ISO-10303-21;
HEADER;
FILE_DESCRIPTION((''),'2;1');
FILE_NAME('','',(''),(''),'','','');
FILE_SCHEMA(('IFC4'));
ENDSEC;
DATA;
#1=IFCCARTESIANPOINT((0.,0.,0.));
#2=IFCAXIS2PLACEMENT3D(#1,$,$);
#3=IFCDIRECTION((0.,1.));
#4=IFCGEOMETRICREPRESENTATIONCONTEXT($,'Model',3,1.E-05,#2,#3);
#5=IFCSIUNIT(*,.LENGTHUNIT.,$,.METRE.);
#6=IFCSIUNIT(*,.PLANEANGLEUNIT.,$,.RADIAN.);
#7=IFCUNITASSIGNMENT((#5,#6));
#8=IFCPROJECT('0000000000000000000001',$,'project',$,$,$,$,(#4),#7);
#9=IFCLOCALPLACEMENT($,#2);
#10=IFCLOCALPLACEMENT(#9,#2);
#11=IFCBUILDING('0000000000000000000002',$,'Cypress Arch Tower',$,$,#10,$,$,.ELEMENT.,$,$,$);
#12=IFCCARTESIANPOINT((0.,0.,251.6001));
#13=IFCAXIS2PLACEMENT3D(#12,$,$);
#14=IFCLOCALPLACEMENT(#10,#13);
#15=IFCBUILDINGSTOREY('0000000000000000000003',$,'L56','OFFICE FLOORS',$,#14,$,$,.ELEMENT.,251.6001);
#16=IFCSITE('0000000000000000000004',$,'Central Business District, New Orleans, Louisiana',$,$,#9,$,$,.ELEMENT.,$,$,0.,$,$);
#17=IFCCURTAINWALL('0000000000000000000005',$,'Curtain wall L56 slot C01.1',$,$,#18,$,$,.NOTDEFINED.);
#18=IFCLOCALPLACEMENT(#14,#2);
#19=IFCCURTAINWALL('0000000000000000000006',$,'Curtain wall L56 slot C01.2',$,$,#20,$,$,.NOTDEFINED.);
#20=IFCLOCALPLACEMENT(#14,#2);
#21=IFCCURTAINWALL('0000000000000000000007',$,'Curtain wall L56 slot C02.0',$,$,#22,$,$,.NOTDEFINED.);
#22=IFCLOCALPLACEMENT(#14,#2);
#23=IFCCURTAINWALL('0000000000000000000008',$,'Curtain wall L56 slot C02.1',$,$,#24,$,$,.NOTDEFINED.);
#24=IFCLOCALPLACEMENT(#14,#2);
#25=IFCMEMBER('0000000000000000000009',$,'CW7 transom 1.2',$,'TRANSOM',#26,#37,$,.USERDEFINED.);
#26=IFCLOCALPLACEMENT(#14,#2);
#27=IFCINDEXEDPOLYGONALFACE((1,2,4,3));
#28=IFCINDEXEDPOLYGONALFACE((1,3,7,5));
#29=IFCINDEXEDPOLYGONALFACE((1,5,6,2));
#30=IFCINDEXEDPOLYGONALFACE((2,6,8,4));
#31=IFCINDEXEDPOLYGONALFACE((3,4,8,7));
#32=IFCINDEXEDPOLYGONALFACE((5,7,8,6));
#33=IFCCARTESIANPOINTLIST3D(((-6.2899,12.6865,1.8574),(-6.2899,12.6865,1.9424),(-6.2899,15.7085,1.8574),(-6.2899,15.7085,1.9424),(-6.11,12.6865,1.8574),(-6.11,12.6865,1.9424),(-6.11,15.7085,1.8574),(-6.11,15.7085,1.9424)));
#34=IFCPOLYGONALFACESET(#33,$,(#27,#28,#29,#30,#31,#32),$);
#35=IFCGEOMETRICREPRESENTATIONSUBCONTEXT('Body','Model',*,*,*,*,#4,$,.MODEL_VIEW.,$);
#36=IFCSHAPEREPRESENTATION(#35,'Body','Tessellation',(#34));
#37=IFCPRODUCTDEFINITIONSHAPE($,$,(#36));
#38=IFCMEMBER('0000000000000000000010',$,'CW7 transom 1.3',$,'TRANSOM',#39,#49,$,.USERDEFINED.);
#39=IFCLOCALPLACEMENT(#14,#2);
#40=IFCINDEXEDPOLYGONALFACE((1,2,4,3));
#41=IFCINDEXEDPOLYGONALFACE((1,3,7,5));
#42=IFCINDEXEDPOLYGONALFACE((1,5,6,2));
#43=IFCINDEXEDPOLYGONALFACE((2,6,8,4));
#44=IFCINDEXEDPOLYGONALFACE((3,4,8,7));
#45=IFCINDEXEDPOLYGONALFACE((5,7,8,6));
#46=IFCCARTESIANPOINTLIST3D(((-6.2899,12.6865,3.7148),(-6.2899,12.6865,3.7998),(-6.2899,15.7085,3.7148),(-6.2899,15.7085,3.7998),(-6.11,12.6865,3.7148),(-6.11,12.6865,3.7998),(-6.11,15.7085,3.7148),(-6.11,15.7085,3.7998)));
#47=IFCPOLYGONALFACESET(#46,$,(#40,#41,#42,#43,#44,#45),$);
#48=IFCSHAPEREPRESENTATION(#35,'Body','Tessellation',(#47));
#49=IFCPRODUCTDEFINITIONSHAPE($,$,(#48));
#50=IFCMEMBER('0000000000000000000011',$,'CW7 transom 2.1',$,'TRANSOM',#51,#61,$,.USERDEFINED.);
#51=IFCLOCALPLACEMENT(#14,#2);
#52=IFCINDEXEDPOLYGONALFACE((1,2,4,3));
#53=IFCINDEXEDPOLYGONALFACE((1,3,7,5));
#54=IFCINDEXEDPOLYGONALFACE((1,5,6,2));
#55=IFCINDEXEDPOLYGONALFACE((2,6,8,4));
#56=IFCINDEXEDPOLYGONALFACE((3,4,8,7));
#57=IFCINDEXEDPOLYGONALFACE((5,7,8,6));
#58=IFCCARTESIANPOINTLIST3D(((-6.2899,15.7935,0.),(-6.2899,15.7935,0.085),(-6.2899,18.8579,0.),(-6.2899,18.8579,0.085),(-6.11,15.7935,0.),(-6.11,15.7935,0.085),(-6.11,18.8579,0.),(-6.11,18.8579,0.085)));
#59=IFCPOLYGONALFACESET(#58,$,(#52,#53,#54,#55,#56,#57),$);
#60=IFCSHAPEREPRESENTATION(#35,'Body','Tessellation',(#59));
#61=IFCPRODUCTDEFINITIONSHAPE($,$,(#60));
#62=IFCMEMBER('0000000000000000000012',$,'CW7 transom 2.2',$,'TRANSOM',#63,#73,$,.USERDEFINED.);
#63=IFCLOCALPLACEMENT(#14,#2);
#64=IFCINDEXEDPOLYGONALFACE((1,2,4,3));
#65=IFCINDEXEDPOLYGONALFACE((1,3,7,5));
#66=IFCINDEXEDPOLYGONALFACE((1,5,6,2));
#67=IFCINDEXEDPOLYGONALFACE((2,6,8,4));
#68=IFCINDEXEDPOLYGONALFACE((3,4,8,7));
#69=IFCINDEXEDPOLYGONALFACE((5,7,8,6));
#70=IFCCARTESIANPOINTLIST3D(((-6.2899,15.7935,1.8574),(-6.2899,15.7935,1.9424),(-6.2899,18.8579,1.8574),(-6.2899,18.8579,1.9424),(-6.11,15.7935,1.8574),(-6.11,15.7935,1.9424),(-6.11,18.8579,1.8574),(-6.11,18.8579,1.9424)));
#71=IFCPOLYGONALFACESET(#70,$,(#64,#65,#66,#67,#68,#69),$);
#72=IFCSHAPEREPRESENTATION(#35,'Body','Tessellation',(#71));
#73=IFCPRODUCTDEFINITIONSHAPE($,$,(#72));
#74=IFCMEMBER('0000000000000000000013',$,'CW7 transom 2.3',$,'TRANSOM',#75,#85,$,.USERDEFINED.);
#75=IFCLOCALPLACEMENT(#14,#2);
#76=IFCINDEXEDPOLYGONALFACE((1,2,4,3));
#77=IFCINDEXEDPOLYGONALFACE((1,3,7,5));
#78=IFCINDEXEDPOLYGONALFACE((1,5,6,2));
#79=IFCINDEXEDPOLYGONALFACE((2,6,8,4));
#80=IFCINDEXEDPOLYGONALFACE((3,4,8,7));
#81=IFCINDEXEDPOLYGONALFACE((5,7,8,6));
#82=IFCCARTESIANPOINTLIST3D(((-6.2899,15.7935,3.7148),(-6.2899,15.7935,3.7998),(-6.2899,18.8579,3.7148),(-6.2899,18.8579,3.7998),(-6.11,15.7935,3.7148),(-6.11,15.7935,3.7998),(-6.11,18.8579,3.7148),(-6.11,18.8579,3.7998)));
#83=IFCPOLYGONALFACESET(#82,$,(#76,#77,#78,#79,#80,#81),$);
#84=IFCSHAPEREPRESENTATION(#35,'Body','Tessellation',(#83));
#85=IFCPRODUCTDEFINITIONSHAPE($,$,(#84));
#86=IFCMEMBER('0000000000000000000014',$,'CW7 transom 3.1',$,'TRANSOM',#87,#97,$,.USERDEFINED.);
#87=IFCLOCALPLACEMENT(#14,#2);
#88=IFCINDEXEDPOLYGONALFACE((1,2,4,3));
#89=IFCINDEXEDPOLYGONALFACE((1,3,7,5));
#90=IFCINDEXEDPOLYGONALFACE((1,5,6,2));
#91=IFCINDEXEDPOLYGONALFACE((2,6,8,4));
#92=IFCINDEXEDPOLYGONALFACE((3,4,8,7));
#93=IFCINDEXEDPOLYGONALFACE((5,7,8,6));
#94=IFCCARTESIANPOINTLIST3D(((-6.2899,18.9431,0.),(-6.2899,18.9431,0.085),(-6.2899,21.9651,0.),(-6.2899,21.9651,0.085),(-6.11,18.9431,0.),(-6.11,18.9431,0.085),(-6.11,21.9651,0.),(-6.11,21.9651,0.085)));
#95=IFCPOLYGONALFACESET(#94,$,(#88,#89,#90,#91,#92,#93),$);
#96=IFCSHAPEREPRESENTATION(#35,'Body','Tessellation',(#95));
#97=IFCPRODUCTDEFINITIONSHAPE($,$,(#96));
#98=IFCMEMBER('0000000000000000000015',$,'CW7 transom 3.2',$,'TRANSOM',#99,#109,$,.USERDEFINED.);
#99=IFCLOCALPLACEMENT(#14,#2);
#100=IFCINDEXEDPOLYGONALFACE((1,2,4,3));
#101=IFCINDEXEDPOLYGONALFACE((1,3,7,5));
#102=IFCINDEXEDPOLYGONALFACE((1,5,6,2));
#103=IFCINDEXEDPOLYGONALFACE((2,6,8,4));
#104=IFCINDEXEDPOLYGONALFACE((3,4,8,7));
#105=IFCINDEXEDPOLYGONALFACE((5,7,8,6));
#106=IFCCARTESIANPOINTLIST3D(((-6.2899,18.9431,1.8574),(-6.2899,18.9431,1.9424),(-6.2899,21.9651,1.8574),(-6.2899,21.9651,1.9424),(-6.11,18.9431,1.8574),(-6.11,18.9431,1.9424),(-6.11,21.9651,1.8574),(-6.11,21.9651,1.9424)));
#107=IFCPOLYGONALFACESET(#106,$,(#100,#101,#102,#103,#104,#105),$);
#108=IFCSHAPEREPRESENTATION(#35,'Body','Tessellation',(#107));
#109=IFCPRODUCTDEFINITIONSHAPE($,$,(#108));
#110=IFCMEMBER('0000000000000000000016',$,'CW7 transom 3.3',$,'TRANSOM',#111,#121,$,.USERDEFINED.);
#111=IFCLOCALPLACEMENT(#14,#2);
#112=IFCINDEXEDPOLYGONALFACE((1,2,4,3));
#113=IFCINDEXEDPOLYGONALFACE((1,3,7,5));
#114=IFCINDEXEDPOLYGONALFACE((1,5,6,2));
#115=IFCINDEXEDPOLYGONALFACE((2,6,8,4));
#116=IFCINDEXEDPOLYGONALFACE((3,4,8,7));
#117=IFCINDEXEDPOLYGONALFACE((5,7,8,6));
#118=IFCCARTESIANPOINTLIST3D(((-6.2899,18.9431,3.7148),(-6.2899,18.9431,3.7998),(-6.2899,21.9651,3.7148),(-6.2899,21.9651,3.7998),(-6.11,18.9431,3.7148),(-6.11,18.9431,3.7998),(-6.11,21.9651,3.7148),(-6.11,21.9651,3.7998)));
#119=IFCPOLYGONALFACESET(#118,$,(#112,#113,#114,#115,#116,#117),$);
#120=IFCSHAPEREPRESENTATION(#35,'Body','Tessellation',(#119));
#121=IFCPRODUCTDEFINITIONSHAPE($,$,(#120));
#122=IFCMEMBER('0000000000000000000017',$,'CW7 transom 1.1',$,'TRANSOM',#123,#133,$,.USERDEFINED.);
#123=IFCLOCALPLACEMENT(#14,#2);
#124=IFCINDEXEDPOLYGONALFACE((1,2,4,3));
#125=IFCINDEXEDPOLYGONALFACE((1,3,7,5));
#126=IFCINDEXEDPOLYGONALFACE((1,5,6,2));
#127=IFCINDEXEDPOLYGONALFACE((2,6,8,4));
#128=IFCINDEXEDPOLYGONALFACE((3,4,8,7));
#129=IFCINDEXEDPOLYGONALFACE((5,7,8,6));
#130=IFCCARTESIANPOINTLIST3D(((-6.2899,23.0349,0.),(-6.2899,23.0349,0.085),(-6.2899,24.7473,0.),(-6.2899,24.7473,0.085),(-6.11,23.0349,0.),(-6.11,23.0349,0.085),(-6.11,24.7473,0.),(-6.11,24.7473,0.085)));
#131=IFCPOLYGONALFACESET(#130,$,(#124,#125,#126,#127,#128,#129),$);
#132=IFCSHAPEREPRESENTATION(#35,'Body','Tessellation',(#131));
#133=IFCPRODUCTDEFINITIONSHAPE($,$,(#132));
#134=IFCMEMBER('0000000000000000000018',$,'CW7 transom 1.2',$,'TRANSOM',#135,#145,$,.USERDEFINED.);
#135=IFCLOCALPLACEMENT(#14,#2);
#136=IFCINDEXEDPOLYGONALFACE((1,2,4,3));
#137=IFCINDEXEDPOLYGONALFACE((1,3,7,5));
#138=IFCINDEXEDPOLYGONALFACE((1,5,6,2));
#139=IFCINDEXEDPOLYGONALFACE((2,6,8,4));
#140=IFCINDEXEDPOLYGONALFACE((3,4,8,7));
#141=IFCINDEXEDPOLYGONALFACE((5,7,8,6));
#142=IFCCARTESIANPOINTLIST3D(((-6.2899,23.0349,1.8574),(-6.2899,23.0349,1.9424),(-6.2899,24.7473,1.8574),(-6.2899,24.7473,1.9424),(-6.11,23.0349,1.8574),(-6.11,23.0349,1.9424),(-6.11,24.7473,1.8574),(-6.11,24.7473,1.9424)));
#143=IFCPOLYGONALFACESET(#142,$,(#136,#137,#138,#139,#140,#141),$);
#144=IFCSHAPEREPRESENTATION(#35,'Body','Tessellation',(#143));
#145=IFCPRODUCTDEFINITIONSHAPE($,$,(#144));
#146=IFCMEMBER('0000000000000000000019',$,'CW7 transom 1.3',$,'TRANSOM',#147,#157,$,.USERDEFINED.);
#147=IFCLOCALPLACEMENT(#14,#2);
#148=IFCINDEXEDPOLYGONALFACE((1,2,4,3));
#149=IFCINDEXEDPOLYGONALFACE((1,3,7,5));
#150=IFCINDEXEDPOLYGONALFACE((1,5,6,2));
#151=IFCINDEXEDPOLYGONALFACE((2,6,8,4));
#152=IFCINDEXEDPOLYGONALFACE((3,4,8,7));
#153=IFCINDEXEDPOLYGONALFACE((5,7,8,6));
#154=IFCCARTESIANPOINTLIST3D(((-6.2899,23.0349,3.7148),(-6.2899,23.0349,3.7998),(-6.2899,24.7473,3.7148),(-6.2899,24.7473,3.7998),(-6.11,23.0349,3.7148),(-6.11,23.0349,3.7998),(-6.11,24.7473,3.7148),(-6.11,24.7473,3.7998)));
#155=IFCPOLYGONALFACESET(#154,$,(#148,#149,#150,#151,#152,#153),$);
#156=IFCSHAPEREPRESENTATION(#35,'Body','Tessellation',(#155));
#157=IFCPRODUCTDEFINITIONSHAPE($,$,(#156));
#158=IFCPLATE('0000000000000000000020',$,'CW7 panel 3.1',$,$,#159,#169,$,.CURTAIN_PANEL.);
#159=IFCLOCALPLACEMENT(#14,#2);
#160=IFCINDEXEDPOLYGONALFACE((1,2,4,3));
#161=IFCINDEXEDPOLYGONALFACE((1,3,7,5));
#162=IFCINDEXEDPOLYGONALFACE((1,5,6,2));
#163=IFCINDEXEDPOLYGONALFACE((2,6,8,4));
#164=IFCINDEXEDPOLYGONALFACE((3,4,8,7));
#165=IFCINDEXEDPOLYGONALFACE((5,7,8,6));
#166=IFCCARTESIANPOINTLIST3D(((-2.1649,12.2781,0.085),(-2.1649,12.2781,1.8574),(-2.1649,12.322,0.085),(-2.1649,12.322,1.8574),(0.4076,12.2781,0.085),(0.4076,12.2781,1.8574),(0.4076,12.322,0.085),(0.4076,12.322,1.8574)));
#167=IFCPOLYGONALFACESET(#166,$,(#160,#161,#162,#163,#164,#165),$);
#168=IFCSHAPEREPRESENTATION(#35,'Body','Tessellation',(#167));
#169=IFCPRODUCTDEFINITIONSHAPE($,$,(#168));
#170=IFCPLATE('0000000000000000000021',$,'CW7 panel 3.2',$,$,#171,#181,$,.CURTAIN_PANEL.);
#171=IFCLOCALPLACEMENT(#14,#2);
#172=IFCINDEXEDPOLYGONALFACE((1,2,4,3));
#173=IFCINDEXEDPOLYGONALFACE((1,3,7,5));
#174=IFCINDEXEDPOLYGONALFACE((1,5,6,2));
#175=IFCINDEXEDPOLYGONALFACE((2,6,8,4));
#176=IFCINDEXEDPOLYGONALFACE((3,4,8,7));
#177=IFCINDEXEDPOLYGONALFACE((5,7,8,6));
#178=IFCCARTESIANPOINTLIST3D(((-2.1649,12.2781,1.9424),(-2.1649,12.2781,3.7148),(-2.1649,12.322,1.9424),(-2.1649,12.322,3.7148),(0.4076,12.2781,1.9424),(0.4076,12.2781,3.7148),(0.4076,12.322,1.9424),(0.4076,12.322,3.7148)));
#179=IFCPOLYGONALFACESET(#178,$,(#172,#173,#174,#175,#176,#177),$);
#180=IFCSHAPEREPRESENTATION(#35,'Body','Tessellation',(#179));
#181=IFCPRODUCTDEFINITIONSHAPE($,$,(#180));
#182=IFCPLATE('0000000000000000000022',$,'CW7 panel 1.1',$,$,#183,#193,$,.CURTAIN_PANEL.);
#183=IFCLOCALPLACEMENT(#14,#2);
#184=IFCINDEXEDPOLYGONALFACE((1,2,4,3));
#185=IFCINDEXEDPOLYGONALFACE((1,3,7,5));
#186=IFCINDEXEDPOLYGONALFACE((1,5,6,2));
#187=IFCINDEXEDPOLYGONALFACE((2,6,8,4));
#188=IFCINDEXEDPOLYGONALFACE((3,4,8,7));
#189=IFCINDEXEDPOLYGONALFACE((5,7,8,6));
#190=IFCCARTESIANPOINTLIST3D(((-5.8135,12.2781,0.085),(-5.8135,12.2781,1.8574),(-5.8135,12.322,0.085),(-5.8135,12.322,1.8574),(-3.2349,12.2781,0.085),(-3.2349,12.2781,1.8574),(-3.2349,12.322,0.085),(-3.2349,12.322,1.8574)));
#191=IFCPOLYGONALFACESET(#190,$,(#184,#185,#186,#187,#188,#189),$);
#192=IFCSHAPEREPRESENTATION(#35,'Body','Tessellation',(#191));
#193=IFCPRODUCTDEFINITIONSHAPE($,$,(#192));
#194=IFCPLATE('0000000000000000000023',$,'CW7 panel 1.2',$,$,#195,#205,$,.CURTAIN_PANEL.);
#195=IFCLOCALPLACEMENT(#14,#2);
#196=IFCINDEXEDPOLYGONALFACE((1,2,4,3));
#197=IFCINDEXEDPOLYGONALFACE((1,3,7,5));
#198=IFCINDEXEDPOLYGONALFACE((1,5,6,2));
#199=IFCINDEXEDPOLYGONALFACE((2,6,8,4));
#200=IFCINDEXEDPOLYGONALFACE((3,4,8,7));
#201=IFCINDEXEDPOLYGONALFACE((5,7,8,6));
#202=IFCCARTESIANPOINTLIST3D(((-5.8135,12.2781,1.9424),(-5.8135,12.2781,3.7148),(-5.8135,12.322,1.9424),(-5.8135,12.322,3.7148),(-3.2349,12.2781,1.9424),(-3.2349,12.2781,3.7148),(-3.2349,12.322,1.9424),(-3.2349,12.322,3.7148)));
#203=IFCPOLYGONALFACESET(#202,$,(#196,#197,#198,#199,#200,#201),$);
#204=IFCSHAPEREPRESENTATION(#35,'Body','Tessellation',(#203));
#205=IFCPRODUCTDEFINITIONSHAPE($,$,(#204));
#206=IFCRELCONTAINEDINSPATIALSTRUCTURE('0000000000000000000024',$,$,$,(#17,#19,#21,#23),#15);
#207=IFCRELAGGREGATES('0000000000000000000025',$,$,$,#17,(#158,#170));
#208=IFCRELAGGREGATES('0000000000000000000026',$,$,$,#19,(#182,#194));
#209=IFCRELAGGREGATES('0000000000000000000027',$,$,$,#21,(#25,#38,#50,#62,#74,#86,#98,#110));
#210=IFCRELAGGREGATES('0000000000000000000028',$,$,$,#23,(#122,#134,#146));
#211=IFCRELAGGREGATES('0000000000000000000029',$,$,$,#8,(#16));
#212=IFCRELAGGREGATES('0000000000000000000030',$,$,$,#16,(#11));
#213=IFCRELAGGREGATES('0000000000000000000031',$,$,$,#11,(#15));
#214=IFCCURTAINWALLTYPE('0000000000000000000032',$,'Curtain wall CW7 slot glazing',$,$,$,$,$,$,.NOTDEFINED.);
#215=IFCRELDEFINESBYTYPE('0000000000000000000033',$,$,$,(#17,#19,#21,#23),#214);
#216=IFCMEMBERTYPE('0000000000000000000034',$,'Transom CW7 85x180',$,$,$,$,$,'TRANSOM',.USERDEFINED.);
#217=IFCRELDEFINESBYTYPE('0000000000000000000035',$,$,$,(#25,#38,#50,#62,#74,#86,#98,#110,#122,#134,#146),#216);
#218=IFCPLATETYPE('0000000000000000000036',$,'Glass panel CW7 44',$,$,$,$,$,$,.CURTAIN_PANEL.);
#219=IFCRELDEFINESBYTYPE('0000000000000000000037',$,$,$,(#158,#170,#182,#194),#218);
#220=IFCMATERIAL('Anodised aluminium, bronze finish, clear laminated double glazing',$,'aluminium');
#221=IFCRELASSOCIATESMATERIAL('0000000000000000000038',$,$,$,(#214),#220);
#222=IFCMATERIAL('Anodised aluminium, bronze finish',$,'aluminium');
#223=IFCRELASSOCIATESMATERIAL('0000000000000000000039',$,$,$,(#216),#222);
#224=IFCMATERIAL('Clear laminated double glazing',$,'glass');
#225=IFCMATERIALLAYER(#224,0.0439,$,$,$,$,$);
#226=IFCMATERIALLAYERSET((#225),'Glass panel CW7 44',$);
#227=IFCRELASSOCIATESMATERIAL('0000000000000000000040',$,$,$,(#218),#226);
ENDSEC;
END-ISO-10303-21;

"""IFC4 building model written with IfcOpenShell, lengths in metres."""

from ifc_helpers import new_model, si_unit, direction, frame, origin, origin_2d, place, context, subcontext, project, spatial, rectangle, extrude, material, layer, layer_set, material_profile, profile_set, type_object, element, aggregate, save


model = new_model("IFC4")

# Units and contexts
model_context = context("Model", 3, precision=1e-05, world=origin(), true_north=direction((0.0, 1.0)))
body_context = subcontext(model_context, "Body", "Model", "MODEL_VIEW")
ifc_project = project(units=[si_unit("LENGTHUNIT", "METRE"), si_unit("PLANEANGLEUNIT", "RADIAN")], contexts=[model_context])

# Site, building, storey
site_placement = place(None, origin())
site = spatial("IfcSite", under=ifc_project, at=site_placement, Name="Central Business District, New Orleans, Louisiana", CompositionType="ELEMENT", RefElevation=0.0)
building_placement = place(site_placement, origin())
building = spatial("IfcBuilding", under=site, at=building_placement, Name="Cypress Arch Tower", CompositionType="ELEMENT")
storey_placement = place(building_placement, frame((0.0, 0.0, 251.6001)))
storey = spatial("IfcBuildingStorey", under=building, at=storey_placement, Name="L56", Description="OFFICE FLOORS", CompositionType="ELEMENT", Elevation=251.6001)

# Curtain wall
ifc_material_1 = material(Name="Anodised aluminium, bronze finish, clear laminated double glazing", Category="aluminium")
curtain_wall_type = type_object("IfcCurtainWallType", Name="Curtain wall CW7 slot glazing", PredefinedType="NOTDEFINED", material=ifc_material_1)
curtain_wall_1_placement = place(storey_placement, origin())
curtain_wall_1 = element("IfcCurtainWall", 1, at=curtain_wall_1_placement, inside=storey, type_object=curtain_wall_type, Name="Curtain wall L56 slot C01.1", PredefinedType="NOTDEFINED")

# Curtain walls
curtain_wall_2_placement = place(storey_placement, origin())
curtain_wall_2 = element("IfcCurtainWall", 2, at=curtain_wall_2_placement, inside=storey, type_object=curtain_wall_type, Name="Curtain wall L56 slot C01.2", PredefinedType="NOTDEFINED")
curtain_wall_3_placement = place(storey_placement, origin())
curtain_wall_3 = element("IfcCurtainWall", 3, at=curtain_wall_3_placement, inside=storey, type_object=curtain_wall_type, Name="Curtain wall L56 slot C02.0", PredefinedType="NOTDEFINED")
curtain_wall_4_placement = place(storey_placement, origin())
curtain_wall_4 = element("IfcCurtainWall", 4, at=curtain_wall_4_placement, inside=storey, type_object=curtain_wall_type, Name="Curtain wall L56 slot C02.1", PredefinedType="NOTDEFINED")

# Members
ifc_material_2 = material(Name="Anodised aluminium, bronze finish", Category="aluminium")
ifc_material_profile_1 = material_profile(ifc_material_2, rectangle(XDim=0.1799, YDim=0.085, at=origin_2d()), Name="Transom 85x180")
ifc_profile_set_1 = profile_set([ifc_material_profile_1], Name="Anodised aluminium, bronze finish")
member_type_1 = type_object("IfcMemberType", Name="Transom CW7 85x180", ElementType="TRANSOM", PredefinedType="USERDEFINED", material=ifc_profile_set_1)
member_1_placement = place(storey_placement, frame((-6.2, 12.6865, 1.8999), z_axis=(0.0, 1.0, 0.0), x_axis=(-1.0, 0.0, 0.0)))
member_1 = element("IfcMember", 5, at=member_1_placement, type_object=member_type_1, Name="CW7 transom 1.2", ObjectType="TRANSOM", PredefinedType="USERDEFINED", context=body_context, shape_type="SweptSolid", body=[
    extrude(rectangle(XDim=0.1799, YDim=0.085, at=origin_2d()), origin(), (0.0, 0.0, 1.0), 3.022),
])
member_2_placement = place(storey_placement, frame((-6.2, 12.6865, 3.7573), z_axis=(0.0, 1.0, 0.0), x_axis=(-1.0, 0.0, 0.0)))
member_2 = element("IfcMember", 6, at=member_2_placement, type_object=member_type_1, Name="CW7 transom 1.3", ObjectType="TRANSOM", PredefinedType="USERDEFINED", context=body_context, shape_type="SweptSolid", body=[
    extrude(rectangle(XDim=0.1799, YDim=0.085, at=origin_2d()), origin(), (0.0, 0.0, 1.0), 3.022),
])
member_3_placement = place(storey_placement, frame((-6.2, 15.7935, 0.0425), z_axis=(0.0, 1.0, 0.0), x_axis=(-1.0, 0.0, 0.0)))
member_3 = element("IfcMember", 7, at=member_3_placement, type_object=member_type_1, Name="CW7 transom 2.1", ObjectType="TRANSOM", PredefinedType="USERDEFINED", context=body_context, shape_type="SweptSolid", body=[
    extrude(rectangle(XDim=0.1799, YDim=0.085, at=origin_2d()), origin(), (0.0, 0.0, 1.0), 3.0645),
])
member_4_placement = place(storey_placement, frame((-6.2, 15.7935, 1.8999), z_axis=(0.0, 1.0, 0.0), x_axis=(-1.0, 0.0, 0.0)))
member_4 = element("IfcMember", 8, at=member_4_placement, type_object=member_type_1, Name="CW7 transom 2.2", ObjectType="TRANSOM", PredefinedType="USERDEFINED", context=body_context, shape_type="SweptSolid", body=[
    extrude(rectangle(XDim=0.1799, YDim=0.085, at=origin_2d()), origin(), (0.0, 0.0, 1.0), 3.0645),
])
member_5_placement = place(storey_placement, frame((-6.2, 15.7935, 3.7573), z_axis=(0.0, 1.0, 0.0), x_axis=(-1.0, 0.0, 0.0)))
member_5 = element("IfcMember", 9, at=member_5_placement, type_object=member_type_1, Name="CW7 transom 2.3", ObjectType="TRANSOM", PredefinedType="USERDEFINED", context=body_context, shape_type="SweptSolid", body=[
    extrude(rectangle(XDim=0.1799, YDim=0.085, at=origin_2d()), origin(), (0.0, 0.0, 1.0), 3.0645),
])
member_6_placement = place(storey_placement, frame((-6.2, 18.9431, 0.0425), z_axis=(0.0, 1.0, 0.0), x_axis=(-1.0, 0.0, 0.0)))
member_6 = element("IfcMember", 10, at=member_6_placement, type_object=member_type_1, Name="CW7 transom 3.1", ObjectType="TRANSOM", PredefinedType="USERDEFINED", context=body_context, shape_type="SweptSolid", body=[
    extrude(rectangle(XDim=0.1799, YDim=0.085, at=origin_2d()), origin(), (0.0, 0.0, 1.0), 3.022),
])
member_7_placement = place(storey_placement, frame((-6.2, 18.9431, 1.8999), z_axis=(0.0, 1.0, 0.0), x_axis=(-1.0, 0.0, 0.0)))
member_7 = element("IfcMember", 11, at=member_7_placement, type_object=member_type_1, Name="CW7 transom 3.2", ObjectType="TRANSOM", PredefinedType="USERDEFINED", context=body_context, shape_type="SweptSolid", body=[
    extrude(rectangle(XDim=0.1799, YDim=0.085, at=origin_2d()), origin(), (0.0, 0.0, 1.0), 3.022),
])
member_8_placement = place(storey_placement, frame((-6.2, 18.9431, 3.7573), z_axis=(0.0, 1.0, 0.0), x_axis=(-1.0, 0.0, 0.0)))
member_8 = element("IfcMember", 12, at=member_8_placement, type_object=member_type_1, Name="CW7 transom 3.3", ObjectType="TRANSOM", PredefinedType="USERDEFINED", context=body_context, shape_type="SweptSolid", body=[
    extrude(rectangle(XDim=0.1799, YDim=0.085, at=origin_2d()), origin(), (0.0, 0.0, 1.0), 3.022),
])
member_9_placement = place(storey_placement, frame((-6.2, 23.0349, 0.0425), z_axis=(0.0, 1.0, 0.0), x_axis=(-1.0, 0.0, 0.0)))
member_9 = element("IfcMember", 13, at=member_9_placement, type_object=member_type_1, Name="CW7 transom 1.1", ObjectType="TRANSOM", PredefinedType="USERDEFINED", context=body_context, shape_type="SweptSolid", body=[
    extrude(rectangle(XDim=0.1799, YDim=0.085, at=origin_2d()), origin(), (0.0, 0.0, 1.0), 1.7124),
])
member_10_placement = place(storey_placement, frame((-6.2, 23.0349, 1.8999), z_axis=(0.0, 1.0, 0.0), x_axis=(-1.0, 0.0, 0.0)))
member_10 = element("IfcMember", 14, at=member_10_placement, type_object=member_type_1, Name="CW7 transom 1.2", ObjectType="TRANSOM", PredefinedType="USERDEFINED", context=body_context, shape_type="SweptSolid", body=[
    extrude(rectangle(XDim=0.1799, YDim=0.085, at=origin_2d()), origin(), (0.0, 0.0, 1.0), 1.7124),
])
member_11_placement = place(storey_placement, frame((-6.2, 23.0349, 3.7573), z_axis=(0.0, 1.0, 0.0), x_axis=(-1.0, 0.0, 0.0)))
member_11 = element("IfcMember", 15, at=member_11_placement, type_object=member_type_1, Name="CW7 transom 1.3", ObjectType="TRANSOM", PredefinedType="USERDEFINED", context=body_context, shape_type="SweptSolid", body=[
    extrude(rectangle(XDim=0.1799, YDim=0.085, at=origin_2d()), origin(), (0.0, 0.0, 1.0), 1.7124),
])

# Plates
ifc_material_3 = material(Name="Clear laminated double glazing", Category="glass")
ifc_layer = layer(ifc_material_3, 0.0439)
ifc_layer_set = layer_set([ifc_layer], Name="Glass panel CW7 44")
plate_type = type_object("IfcPlateType", Name="Glass panel CW7 44", PredefinedType="CURTAIN_PANEL", material=ifc_layer_set)
plate_1_placement = place(storey_placement, frame((-0.8787, 12.3, 0.085), z_axis=(0.0, 0.0, 1.0), x_axis=(-1.0, 0.0, 0.0)))
plate_1 = element("IfcPlate", 16, at=plate_1_placement, type_object=plate_type, Name="CW7 panel 3.1", PredefinedType="CURTAIN_PANEL", context=body_context, shape_type="SweptSolid", body=[
    extrude(rectangle(XDim=2.5725, YDim=0.0439, at=origin_2d()), origin(), (0.0, 0.0, 1.0), 1.7725),
])
plate_2_placement = place(storey_placement, frame((-0.8787, 12.3, 1.9424), z_axis=(0.0, 0.0, 1.0), x_axis=(-1.0, 0.0, 0.0)))
plate_2 = element("IfcPlate", 17, at=plate_2_placement, type_object=plate_type, Name="CW7 panel 3.2", PredefinedType="CURTAIN_PANEL", context=body_context, shape_type="SweptSolid", body=[
    extrude(rectangle(XDim=2.5725, YDim=0.0439, at=origin_2d()), origin(), (0.0, 0.0, 1.0), 1.7725),
])
aggregate(curtain_wall_1, [plate_1, plate_2])
plate_3_placement = place(storey_placement, frame((-4.5242, 12.3, 0.085), z_axis=(0.0, 0.0, 1.0), x_axis=(-1.0, 0.0, 0.0)))
plate_3 = element("IfcPlate", 18, at=plate_3_placement, type_object=plate_type, Name="CW7 panel 1.1", PredefinedType="CURTAIN_PANEL", context=body_context, shape_type="SweptSolid", body=[
    extrude(rectangle(XDim=2.5786, YDim=0.0439, at=origin_2d()), origin(), (0.0, 0.0, 1.0), 1.7725),
])
plate_4_placement = place(storey_placement, frame((-4.5242, 12.3, 1.9424), z_axis=(0.0, 0.0, 1.0), x_axis=(-1.0, 0.0, 0.0)))
plate_4 = element("IfcPlate", 19, at=plate_4_placement, type_object=plate_type, Name="CW7 panel 1.2", PredefinedType="CURTAIN_PANEL", context=body_context, shape_type="SweptSolid", body=[
    extrude(rectangle(XDim=2.5786, YDim=0.0439, at=origin_2d()), origin(), (0.0, 0.0, 1.0), 1.7725),
])
aggregate(curtain_wall_2, [plate_3, plate_4])
aggregate(curtain_wall_3, [member_1, member_2, member_3, member_4, member_5, member_6, member_7, member_8])
aggregate(curtain_wall_4, [member_9, member_10, member_11])

save(model, "model.ifc")
